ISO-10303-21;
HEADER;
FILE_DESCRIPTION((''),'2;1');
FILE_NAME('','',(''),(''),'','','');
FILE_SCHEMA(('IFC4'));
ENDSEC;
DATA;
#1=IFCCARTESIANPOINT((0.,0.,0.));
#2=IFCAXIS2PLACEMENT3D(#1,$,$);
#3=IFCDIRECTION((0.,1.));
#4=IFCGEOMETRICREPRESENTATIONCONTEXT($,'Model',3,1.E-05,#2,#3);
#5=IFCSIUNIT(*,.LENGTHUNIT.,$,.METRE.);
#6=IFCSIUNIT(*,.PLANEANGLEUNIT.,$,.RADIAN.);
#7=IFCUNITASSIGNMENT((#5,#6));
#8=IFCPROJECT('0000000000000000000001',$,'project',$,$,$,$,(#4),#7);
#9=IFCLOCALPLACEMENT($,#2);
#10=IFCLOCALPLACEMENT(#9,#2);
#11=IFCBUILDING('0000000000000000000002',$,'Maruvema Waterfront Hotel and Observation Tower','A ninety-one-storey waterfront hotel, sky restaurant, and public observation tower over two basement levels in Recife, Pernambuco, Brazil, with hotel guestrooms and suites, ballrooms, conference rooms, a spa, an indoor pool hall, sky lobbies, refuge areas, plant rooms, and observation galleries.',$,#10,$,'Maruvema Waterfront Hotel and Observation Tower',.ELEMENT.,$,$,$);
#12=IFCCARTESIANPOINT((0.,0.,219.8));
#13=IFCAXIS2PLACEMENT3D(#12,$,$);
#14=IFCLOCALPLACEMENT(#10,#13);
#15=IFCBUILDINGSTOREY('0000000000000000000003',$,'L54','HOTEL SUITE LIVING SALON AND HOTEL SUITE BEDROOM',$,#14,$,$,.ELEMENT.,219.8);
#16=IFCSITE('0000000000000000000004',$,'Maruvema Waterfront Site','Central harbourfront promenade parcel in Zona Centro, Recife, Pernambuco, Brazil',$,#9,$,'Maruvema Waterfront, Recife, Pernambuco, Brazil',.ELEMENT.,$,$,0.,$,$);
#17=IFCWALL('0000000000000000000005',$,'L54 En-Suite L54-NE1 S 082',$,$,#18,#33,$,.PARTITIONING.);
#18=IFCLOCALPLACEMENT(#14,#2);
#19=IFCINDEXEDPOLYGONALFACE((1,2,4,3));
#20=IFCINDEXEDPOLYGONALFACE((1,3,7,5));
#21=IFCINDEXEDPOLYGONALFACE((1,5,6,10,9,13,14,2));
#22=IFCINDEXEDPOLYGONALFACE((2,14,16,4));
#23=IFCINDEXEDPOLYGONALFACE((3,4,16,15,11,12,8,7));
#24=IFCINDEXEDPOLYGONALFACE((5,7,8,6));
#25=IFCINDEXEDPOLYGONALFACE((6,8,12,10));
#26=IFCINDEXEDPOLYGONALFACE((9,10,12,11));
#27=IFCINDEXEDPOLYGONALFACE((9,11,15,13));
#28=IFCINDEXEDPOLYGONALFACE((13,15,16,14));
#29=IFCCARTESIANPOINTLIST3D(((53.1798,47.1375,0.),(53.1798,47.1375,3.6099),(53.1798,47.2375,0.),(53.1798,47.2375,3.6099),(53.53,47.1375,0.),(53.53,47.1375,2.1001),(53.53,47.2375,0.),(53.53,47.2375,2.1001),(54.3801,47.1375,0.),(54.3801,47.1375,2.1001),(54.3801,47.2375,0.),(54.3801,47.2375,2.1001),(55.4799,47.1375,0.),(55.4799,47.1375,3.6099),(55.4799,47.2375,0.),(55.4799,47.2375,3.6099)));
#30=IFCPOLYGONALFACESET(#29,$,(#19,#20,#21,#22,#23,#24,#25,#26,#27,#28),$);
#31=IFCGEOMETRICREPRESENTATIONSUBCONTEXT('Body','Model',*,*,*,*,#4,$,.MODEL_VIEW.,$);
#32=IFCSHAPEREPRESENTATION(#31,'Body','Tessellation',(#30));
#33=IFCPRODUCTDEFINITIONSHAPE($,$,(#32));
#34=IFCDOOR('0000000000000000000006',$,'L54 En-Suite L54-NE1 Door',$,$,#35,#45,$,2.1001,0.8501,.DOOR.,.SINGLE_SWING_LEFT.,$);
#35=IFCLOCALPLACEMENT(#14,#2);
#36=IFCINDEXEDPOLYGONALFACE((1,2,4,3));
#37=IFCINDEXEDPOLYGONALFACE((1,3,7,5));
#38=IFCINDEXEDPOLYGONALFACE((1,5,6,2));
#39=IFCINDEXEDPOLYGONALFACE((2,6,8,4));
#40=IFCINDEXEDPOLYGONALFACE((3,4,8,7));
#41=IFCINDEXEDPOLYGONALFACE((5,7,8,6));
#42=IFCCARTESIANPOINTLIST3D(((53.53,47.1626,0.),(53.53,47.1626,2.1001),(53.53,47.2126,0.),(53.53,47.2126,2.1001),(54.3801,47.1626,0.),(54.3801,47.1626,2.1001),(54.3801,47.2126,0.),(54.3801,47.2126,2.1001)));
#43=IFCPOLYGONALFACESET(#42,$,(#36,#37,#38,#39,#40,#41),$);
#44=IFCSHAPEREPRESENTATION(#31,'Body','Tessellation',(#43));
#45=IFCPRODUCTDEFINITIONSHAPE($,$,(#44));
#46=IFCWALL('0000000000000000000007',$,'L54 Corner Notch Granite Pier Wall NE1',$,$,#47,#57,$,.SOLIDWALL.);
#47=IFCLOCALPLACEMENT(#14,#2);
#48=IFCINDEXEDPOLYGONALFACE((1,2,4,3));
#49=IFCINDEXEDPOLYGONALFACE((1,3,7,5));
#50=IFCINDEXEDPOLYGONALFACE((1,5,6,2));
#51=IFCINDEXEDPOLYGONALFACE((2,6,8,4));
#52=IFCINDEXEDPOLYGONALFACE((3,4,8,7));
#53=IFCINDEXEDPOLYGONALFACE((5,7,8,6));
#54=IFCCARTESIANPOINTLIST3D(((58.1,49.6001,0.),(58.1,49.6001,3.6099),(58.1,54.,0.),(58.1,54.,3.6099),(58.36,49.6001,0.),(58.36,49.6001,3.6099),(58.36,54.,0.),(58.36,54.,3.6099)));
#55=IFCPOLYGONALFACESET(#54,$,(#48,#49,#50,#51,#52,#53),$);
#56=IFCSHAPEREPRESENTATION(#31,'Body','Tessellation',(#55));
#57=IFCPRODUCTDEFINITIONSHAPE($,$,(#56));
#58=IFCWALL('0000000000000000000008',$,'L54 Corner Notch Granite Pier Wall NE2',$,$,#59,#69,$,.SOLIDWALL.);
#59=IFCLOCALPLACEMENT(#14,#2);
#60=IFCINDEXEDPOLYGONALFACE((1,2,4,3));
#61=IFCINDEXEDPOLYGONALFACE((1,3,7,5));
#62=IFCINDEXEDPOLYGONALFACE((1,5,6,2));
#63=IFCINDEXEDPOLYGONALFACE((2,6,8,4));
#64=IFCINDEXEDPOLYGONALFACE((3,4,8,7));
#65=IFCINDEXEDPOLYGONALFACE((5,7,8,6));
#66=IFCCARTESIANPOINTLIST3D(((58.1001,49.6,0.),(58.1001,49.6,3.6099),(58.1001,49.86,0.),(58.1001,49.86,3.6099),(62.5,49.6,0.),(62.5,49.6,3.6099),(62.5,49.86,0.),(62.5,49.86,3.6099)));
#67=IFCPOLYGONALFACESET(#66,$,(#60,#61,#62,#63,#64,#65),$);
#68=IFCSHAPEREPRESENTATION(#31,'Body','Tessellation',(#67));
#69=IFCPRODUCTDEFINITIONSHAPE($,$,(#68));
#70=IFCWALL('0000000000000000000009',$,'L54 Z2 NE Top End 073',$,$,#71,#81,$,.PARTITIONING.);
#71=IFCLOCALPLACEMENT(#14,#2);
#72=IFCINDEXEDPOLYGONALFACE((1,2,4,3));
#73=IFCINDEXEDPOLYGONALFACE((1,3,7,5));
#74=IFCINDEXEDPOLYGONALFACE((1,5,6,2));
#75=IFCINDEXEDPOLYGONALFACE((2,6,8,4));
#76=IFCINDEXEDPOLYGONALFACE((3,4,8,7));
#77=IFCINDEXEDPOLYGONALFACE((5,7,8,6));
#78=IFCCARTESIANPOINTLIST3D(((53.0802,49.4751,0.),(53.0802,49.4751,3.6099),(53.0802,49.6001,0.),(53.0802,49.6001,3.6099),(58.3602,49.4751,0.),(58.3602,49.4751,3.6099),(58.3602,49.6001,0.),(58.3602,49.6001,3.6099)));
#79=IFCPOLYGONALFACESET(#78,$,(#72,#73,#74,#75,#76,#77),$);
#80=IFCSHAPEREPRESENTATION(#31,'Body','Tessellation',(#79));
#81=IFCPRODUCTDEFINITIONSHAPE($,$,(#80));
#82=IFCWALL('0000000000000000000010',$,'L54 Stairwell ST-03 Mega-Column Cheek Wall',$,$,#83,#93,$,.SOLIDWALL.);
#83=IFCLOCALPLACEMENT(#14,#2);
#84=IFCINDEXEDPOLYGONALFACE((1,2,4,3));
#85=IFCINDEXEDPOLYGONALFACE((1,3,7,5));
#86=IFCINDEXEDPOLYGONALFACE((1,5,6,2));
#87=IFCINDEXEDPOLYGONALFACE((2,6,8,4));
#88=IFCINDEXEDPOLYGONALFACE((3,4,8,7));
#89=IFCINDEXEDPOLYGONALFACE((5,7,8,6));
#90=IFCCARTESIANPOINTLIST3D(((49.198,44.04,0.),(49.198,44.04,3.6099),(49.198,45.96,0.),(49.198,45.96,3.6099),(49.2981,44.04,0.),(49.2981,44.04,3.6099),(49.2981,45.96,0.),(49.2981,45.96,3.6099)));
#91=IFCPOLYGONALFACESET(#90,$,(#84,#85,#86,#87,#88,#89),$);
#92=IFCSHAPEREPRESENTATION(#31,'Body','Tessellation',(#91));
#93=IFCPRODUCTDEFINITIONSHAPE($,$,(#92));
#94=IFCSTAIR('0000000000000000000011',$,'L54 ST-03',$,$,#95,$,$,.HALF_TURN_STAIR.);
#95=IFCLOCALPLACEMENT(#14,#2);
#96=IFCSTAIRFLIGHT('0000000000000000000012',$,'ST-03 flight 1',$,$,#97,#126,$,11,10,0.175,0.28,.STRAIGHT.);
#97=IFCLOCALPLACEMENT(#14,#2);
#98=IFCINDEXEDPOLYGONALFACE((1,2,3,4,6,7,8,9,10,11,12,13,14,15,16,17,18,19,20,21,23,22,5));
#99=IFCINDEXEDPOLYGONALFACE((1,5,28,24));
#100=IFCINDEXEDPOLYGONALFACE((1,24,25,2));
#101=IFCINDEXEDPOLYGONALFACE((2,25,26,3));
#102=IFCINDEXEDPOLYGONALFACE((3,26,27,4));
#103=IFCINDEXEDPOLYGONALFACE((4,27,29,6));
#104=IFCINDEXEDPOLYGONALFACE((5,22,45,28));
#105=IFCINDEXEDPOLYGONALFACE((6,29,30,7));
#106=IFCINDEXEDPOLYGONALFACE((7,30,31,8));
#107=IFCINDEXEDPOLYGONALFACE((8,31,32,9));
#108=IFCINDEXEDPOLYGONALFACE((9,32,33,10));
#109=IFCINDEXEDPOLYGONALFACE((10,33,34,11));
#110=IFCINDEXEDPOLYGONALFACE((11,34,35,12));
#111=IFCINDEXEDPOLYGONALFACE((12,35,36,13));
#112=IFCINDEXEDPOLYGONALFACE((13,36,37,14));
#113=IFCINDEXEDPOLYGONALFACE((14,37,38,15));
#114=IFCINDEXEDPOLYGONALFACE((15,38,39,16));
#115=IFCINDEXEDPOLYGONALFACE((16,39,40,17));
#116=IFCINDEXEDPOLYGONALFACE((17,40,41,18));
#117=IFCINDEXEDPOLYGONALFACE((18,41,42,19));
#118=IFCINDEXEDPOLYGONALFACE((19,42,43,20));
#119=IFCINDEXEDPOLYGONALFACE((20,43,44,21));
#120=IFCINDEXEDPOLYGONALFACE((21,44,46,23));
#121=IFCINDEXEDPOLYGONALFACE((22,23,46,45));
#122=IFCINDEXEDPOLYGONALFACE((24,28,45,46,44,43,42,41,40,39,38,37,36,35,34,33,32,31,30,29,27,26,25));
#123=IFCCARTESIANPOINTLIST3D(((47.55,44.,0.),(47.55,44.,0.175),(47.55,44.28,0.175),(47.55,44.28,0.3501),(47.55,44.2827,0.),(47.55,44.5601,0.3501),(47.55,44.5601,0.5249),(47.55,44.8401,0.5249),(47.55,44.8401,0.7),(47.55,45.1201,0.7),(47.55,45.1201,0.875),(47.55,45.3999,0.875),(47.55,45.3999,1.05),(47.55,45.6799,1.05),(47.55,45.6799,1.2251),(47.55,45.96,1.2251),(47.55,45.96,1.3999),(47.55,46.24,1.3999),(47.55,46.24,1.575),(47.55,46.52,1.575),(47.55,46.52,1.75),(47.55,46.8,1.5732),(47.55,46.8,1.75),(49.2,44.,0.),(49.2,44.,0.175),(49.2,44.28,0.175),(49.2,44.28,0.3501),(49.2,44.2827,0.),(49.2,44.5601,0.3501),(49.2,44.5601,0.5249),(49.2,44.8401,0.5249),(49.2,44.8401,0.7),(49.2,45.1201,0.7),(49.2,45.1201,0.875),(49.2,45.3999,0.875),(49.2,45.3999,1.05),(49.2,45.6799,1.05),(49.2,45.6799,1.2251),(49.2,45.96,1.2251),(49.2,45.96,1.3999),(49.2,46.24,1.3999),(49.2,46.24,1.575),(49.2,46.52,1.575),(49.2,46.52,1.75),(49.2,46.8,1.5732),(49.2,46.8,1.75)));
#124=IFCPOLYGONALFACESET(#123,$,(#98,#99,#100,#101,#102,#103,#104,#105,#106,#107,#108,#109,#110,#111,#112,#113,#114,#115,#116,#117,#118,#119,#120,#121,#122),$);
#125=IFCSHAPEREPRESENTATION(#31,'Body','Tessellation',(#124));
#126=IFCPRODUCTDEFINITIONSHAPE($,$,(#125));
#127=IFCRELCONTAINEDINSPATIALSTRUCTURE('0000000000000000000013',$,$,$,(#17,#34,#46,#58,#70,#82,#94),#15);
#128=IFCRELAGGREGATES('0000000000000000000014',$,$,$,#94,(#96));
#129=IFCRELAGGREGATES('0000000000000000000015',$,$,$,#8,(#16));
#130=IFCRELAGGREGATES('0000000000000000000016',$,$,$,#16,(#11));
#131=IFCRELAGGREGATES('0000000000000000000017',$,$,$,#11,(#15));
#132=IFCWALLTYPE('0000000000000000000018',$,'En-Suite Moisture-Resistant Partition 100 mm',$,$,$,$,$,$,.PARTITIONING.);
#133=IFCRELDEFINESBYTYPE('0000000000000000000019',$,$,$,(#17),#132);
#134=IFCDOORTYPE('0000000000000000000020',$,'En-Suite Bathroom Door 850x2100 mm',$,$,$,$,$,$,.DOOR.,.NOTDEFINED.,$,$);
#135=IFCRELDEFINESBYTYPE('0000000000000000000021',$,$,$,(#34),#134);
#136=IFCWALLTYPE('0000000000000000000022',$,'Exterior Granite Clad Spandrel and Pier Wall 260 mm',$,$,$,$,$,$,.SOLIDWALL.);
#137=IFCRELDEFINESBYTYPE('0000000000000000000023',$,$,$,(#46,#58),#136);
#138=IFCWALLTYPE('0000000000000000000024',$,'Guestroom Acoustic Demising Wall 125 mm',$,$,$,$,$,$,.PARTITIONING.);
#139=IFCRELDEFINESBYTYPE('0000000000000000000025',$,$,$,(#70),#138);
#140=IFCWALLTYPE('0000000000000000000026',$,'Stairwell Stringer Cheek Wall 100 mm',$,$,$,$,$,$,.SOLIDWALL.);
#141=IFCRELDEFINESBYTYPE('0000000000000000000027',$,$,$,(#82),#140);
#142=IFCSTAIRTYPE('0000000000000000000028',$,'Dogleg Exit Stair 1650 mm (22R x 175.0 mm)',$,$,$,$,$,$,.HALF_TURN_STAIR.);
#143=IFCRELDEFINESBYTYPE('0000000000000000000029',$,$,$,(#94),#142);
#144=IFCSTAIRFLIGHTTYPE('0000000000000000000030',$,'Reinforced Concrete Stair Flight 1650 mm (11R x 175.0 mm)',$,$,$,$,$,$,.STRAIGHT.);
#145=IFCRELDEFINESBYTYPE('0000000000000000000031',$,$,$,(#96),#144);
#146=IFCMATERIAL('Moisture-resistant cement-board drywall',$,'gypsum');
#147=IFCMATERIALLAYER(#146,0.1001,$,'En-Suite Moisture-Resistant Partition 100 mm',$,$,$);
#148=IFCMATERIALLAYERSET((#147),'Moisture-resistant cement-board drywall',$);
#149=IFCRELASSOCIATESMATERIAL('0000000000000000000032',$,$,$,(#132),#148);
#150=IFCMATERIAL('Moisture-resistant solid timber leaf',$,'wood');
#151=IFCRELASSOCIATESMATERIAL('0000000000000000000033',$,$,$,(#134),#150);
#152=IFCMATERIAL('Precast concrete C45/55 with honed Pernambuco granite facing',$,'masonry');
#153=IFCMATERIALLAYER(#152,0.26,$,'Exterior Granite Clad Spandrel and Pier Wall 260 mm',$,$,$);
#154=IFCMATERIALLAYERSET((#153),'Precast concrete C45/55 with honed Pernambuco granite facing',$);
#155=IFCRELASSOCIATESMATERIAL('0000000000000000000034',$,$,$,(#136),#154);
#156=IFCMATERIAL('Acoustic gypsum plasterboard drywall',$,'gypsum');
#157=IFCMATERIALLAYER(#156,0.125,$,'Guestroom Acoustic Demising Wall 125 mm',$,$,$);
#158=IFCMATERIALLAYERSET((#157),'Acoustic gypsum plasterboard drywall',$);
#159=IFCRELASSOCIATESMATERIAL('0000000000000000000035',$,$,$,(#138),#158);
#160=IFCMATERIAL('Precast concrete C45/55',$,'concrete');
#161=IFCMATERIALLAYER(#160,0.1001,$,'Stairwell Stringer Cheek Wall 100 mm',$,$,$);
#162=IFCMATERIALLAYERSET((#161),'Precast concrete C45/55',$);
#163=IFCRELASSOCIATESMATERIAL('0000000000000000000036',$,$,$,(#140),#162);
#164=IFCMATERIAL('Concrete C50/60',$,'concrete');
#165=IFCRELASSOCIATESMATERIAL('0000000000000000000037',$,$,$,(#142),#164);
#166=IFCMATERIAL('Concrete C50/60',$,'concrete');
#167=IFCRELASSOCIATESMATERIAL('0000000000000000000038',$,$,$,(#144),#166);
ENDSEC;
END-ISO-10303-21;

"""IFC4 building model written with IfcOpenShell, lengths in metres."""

from ifc_helpers import new_model, si_unit, direction, frame, frame_2d, origin, place, context, subcontext, project, spatial, polyline, rectangle, outline, extrude, material, layer, layer_set, type_object, element, fill, aggregate, save


model = new_model("IFC4")

# Units and contexts
model_context = context("Model", 3, precision=1e-05, world=origin(), true_north=direction((0.0, 1.0)))
body_context = subcontext(model_context, "Body", "Model", "MODEL_VIEW")
ifc_project = project(units=[si_unit("LENGTHUNIT", "METRE"), si_unit("PLANEANGLEUNIT", "RADIAN")], contexts=[model_context])

# Site, building, storey
site_placement = place(None, origin())
site = spatial("IfcSite", under=ifc_project, at=site_placement, Name="Maruvema Waterfront Site", Description="Central harbourfront promenade parcel in Zona Centro, Recife, Pernambuco, Brazil", LongName="Maruvema Waterfront, Recife, Pernambuco, Brazil", CompositionType="ELEMENT", RefElevation=0.0)
building_placement = place(site_placement, origin())
building = spatial("IfcBuilding", under=site, at=building_placement, Name="Maruvema Waterfront Hotel and Observation Tower", Description="A ninety-one-storey waterfront hotel, sky restaurant, and public observation tower over two basement levels in Recife, Pernambuco, Brazil, with hotel guestrooms and suites, ballrooms, conference rooms, a spa, an indoor pool hall, sky lobbies, refuge areas, plant rooms, and observation galleries.", LongName="Maruvema Waterfront Hotel and Observation Tower", CompositionType="ELEMENT")
storey_placement = place(building_placement, frame((0.0, 0.0, 219.8)))
storey = spatial("IfcBuildingStorey", under=building, at=storey_placement, Name="L54", Description="HOTEL SUITE LIVING SALON AND HOTEL SUITE BEDROOM", CompositionType="ELEMENT", Elevation=219.8)

# Shared definitions
ifc_material_1 = material(Name="Moisture-resistant cement-board drywall", Category="gypsum")
ifc_layer_1 = layer(ifc_material_1, 0.1001, Name="En-Suite Moisture-Resistant Partition 100 mm")
ifc_layer_set_1 = layer_set([ifc_layer_1], Name="Moisture-resistant cement-board drywall")
wall_type_1 = type_object("IfcWallType", Name="En-Suite Moisture-Resistant Partition 100 mm", PredefinedType="PARTITIONING", material=ifc_layer_set_1)

# Wall, opening, door
wall_1_placement = place(storey_placement, frame((53.1799, 47.1875, 0.0), z_axis=(0.0, 0.0, 1.0), x_axis=(1.0, 0.0, 0.0)))
wall_1 = element("IfcWall", 1, at=wall_1_placement, inside=storey, type_object=wall_type_1, Name="L54 En-Suite L54-NE1 S 082", PredefinedType="PARTITIONING", context=body_context, shape_type="SweptSolid", body=[
    extrude(rectangle(XDim=2.3, YDim=0.1001, at=frame_2d((1.1499, 0.0))), origin(), (0.0, 0.0, 1.0), 3.6099),
])
opening_placement = place(wall_1_placement, frame((0.3501, 0.0, 0.0)))
opening = element("IfcOpeningElement", 2, at=opening_placement, cuts=wall_1, PredefinedType="OPENING", context=body_context, shape_type="SweptSolid", body=[
    extrude(rectangle(XDim=0.8501, YDim=2.1001, at=frame_2d((0.425, 1.05))), frame((0.0, 0.0601, 0.0), z_axis=(0.0, -1.0, 0.0), x_axis=(1.0, 0.0, 0.0)), (0.0, 0.0, 1.0), 0.1201),
])
ifc_material_2 = material(Name="Moisture-resistant solid timber leaf", Category="wood")
door_type = type_object("IfcDoorType", Name="En-Suite Bathroom Door 850x2100 mm", OperationType="NOTDEFINED", PredefinedType="DOOR", material=ifc_material_2)
door_placement = place(opening_placement, frame((0.8501, 0.0, 0.0), z_axis=(0.0, 0.0, 1.0), x_axis=(-1.0, 0.0, 0.0)))
door = element("IfcDoor", 3, at=door_placement, inside=storey, type_object=door_type, Name="L54 En-Suite L54-NE1 Door", OperationType="SINGLE_SWING_LEFT", OverallHeight=2.1001, OverallWidth=0.8501, PredefinedType="DOOR", context=body_context, shape_type="SweptSolid", body=[
    extrude(rectangle(XDim=0.8501, YDim=2.1001, at=frame_2d((0.425, 1.05))), frame((0.0, 0.0249, 0.0), z_axis=(0.0, -1.0, 0.0), x_axis=(1.0, 0.0, 0.0)), (0.0, 0.0, 1.0), 0.05),
])
fill(opening, door)

# Walls
ifc_material_3 = material(Name="Precast concrete C45/55 with honed Pernambuco granite facing", Category="masonry")
ifc_layer_2 = layer(ifc_material_3, 0.26, Name="Exterior Granite Clad Spandrel and Pier Wall 260 mm")
ifc_layer_set_2 = layer_set([ifc_layer_2], Name="Precast concrete C45/55 with honed Pernambuco granite facing")
wall_type_2 = type_object("IfcWallType", Name="Exterior Granite Clad Spandrel and Pier Wall 260 mm", PredefinedType="SOLIDWALL", material=ifc_layer_set_2)
for number, where, z_axis, x_axis, name in (
    (4, (58.23, 54.0, 0.0), (0.0, 0.0, 1.0), (0.0, -1.0, 0.0), "L54 Corner Notch Granite Pier Wall NE1"),
    (5, (58.1001, 49.73, 0.0), (0.0, 0.0, 1.0), (1.0, 0.0, 0.0), "L54 Corner Notch Granite Pier Wall NE2"),
):
    element("IfcWall", number, at=place(storey_placement, frame(where, z_axis=z_axis, x_axis=x_axis)), inside=storey, type_object=wall_type_2, Name=name, PredefinedType="SOLIDWALL", context=body_context, shape_type="SweptSolid", body=[
        extrude(rectangle(XDim=4.3999, YDim=0.26, at=frame_2d((2.2, 0.0))), origin(), (0.0, 0.0, 1.0), 3.6099),
    ])
ifc_material_4 = material(Name="Acoustic gypsum plasterboard drywall", Category="gypsum")
ifc_layer_3 = layer(ifc_material_4, 0.125, Name="Guestroom Acoustic Demising Wall 125 mm")
ifc_layer_set_3 = layer_set([ifc_layer_3], Name="Acoustic gypsum plasterboard drywall")
wall_type_3 = type_object("IfcWallType", Name="Guestroom Acoustic Demising Wall 125 mm", PredefinedType="PARTITIONING", material=ifc_layer_set_3)
wall_2_placement = place(storey_placement, frame((53.0801, 49.5376, 0.0), z_axis=(0.0, 0.0, 1.0), x_axis=(1.0, 0.0, 0.0)))
element("IfcWall", 6, at=wall_2_placement, inside=storey, type_object=wall_type_3, Name="L54 Z2 NE Top End 073", PredefinedType="PARTITIONING", context=body_context, shape_type="SweptSolid", body=[
    extrude(rectangle(XDim=5.28, YDim=0.125, at=frame_2d((2.6401, 0.0))), origin(), (0.0, 0.0, 1.0), 3.6099),
])
ifc_material_5 = material(Name="Precast concrete C45/55", Category="concrete")
ifc_layer_4 = layer(ifc_material_5, 0.1001, Name="Stairwell Stringer Cheek Wall 100 mm")
ifc_layer_set_4 = layer_set([ifc_layer_4], Name="Precast concrete C45/55")
wall_type_4 = type_object("IfcWallType", Name="Stairwell Stringer Cheek Wall 100 mm", PredefinedType="SOLIDWALL", material=ifc_layer_set_4)
wall_3_placement = place(storey_placement, frame((49.248, 44.04, 0.0), z_axis=(0.0, 0.0, 1.0), x_axis=(0.0, 1.0, 0.0)))
element("IfcWall", 7, at=wall_3_placement, inside=storey, type_object=wall_type_4, Name="L54 Stairwell ST-03 Mega-Column Cheek Wall", PredefinedType="SOLIDWALL", context=body_context, shape_type="SweptSolid", body=[
    extrude(rectangle(XDim=1.9199, YDim=0.1001, at=frame_2d((0.96, 0.0))), origin(), (0.0, 0.0, 1.0), 3.6099),
])

# Stair, stair flight
ifc_material_6 = material(Name="Concrete C50/60", Category="concrete")
stair_type = type_object("IfcStairType", Name="Dogleg Exit Stair 1650 mm (22R x 175.0 mm)", PredefinedType="HALF_TURN_STAIR", material=ifc_material_6)
stair_placement = place(storey_placement, origin())
stair = element("IfcStair", 8, at=stair_placement, inside=storey, type_object=stair_type, Name="L54 ST-03", PredefinedType="HALF_TURN_STAIR")
ifc_material_7 = material(Name="Concrete C50/60", Category="concrete")
stair_flight_type = type_object("IfcStairFlightType", Name="Reinforced Concrete Stair Flight 1650 mm (11R x 175.0 mm)", PredefinedType="STRAIGHT", material=ifc_material_7)
stair_flight_placement = place(storey_placement, frame((48.375, 44.0, 0.0), z_axis=(0.0, 0.0, 1.0), x_axis=(0.0, 1.0, 0.0)))
stair_flight = element("IfcStairFlight", 9, at=stair_flight_placement, type_object=stair_flight_type, Name="ST-03 flight 1", NumberOfRisers=11, NumberOfTreads=10, PredefinedType="STRAIGHT", RiserHeight=0.175, TreadLength=0.28, context=body_context, shape_type="SweptSolid", body=[
    extrude(outline(polyline([(0.0, 0.0), (0.0, 0.175), (0.28, 0.175), (0.28, 0.3501), (0.5601, 0.3501), (0.5601, 0.5249), (0.8401, 0.5249), (0.8401, 0.7), (1.1201, 0.7), (1.1201, 0.875), (1.3999, 0.875), (1.3999, 1.05), (1.6799, 1.05), (1.6799, 1.2251), (1.96, 1.2251), (1.96, 1.3999), (2.24, 1.3999), (2.24, 1.575), (2.52, 1.575), (2.52, 1.75), (2.8, 1.75), (2.8, 1.925), (2.8, 1.5732), (0.2827, 0.0), (0.0, 0.0)])), frame((0.0, 0.825, 0.0), z_axis=(0.0, -1.0, 0.0), x_axis=(1.0, 0.0, 0.0)), (0.0, 0.0, 1.0), 1.6499),
])
aggregate(stair, [stair_flight])

save(model, "model.ifc")
